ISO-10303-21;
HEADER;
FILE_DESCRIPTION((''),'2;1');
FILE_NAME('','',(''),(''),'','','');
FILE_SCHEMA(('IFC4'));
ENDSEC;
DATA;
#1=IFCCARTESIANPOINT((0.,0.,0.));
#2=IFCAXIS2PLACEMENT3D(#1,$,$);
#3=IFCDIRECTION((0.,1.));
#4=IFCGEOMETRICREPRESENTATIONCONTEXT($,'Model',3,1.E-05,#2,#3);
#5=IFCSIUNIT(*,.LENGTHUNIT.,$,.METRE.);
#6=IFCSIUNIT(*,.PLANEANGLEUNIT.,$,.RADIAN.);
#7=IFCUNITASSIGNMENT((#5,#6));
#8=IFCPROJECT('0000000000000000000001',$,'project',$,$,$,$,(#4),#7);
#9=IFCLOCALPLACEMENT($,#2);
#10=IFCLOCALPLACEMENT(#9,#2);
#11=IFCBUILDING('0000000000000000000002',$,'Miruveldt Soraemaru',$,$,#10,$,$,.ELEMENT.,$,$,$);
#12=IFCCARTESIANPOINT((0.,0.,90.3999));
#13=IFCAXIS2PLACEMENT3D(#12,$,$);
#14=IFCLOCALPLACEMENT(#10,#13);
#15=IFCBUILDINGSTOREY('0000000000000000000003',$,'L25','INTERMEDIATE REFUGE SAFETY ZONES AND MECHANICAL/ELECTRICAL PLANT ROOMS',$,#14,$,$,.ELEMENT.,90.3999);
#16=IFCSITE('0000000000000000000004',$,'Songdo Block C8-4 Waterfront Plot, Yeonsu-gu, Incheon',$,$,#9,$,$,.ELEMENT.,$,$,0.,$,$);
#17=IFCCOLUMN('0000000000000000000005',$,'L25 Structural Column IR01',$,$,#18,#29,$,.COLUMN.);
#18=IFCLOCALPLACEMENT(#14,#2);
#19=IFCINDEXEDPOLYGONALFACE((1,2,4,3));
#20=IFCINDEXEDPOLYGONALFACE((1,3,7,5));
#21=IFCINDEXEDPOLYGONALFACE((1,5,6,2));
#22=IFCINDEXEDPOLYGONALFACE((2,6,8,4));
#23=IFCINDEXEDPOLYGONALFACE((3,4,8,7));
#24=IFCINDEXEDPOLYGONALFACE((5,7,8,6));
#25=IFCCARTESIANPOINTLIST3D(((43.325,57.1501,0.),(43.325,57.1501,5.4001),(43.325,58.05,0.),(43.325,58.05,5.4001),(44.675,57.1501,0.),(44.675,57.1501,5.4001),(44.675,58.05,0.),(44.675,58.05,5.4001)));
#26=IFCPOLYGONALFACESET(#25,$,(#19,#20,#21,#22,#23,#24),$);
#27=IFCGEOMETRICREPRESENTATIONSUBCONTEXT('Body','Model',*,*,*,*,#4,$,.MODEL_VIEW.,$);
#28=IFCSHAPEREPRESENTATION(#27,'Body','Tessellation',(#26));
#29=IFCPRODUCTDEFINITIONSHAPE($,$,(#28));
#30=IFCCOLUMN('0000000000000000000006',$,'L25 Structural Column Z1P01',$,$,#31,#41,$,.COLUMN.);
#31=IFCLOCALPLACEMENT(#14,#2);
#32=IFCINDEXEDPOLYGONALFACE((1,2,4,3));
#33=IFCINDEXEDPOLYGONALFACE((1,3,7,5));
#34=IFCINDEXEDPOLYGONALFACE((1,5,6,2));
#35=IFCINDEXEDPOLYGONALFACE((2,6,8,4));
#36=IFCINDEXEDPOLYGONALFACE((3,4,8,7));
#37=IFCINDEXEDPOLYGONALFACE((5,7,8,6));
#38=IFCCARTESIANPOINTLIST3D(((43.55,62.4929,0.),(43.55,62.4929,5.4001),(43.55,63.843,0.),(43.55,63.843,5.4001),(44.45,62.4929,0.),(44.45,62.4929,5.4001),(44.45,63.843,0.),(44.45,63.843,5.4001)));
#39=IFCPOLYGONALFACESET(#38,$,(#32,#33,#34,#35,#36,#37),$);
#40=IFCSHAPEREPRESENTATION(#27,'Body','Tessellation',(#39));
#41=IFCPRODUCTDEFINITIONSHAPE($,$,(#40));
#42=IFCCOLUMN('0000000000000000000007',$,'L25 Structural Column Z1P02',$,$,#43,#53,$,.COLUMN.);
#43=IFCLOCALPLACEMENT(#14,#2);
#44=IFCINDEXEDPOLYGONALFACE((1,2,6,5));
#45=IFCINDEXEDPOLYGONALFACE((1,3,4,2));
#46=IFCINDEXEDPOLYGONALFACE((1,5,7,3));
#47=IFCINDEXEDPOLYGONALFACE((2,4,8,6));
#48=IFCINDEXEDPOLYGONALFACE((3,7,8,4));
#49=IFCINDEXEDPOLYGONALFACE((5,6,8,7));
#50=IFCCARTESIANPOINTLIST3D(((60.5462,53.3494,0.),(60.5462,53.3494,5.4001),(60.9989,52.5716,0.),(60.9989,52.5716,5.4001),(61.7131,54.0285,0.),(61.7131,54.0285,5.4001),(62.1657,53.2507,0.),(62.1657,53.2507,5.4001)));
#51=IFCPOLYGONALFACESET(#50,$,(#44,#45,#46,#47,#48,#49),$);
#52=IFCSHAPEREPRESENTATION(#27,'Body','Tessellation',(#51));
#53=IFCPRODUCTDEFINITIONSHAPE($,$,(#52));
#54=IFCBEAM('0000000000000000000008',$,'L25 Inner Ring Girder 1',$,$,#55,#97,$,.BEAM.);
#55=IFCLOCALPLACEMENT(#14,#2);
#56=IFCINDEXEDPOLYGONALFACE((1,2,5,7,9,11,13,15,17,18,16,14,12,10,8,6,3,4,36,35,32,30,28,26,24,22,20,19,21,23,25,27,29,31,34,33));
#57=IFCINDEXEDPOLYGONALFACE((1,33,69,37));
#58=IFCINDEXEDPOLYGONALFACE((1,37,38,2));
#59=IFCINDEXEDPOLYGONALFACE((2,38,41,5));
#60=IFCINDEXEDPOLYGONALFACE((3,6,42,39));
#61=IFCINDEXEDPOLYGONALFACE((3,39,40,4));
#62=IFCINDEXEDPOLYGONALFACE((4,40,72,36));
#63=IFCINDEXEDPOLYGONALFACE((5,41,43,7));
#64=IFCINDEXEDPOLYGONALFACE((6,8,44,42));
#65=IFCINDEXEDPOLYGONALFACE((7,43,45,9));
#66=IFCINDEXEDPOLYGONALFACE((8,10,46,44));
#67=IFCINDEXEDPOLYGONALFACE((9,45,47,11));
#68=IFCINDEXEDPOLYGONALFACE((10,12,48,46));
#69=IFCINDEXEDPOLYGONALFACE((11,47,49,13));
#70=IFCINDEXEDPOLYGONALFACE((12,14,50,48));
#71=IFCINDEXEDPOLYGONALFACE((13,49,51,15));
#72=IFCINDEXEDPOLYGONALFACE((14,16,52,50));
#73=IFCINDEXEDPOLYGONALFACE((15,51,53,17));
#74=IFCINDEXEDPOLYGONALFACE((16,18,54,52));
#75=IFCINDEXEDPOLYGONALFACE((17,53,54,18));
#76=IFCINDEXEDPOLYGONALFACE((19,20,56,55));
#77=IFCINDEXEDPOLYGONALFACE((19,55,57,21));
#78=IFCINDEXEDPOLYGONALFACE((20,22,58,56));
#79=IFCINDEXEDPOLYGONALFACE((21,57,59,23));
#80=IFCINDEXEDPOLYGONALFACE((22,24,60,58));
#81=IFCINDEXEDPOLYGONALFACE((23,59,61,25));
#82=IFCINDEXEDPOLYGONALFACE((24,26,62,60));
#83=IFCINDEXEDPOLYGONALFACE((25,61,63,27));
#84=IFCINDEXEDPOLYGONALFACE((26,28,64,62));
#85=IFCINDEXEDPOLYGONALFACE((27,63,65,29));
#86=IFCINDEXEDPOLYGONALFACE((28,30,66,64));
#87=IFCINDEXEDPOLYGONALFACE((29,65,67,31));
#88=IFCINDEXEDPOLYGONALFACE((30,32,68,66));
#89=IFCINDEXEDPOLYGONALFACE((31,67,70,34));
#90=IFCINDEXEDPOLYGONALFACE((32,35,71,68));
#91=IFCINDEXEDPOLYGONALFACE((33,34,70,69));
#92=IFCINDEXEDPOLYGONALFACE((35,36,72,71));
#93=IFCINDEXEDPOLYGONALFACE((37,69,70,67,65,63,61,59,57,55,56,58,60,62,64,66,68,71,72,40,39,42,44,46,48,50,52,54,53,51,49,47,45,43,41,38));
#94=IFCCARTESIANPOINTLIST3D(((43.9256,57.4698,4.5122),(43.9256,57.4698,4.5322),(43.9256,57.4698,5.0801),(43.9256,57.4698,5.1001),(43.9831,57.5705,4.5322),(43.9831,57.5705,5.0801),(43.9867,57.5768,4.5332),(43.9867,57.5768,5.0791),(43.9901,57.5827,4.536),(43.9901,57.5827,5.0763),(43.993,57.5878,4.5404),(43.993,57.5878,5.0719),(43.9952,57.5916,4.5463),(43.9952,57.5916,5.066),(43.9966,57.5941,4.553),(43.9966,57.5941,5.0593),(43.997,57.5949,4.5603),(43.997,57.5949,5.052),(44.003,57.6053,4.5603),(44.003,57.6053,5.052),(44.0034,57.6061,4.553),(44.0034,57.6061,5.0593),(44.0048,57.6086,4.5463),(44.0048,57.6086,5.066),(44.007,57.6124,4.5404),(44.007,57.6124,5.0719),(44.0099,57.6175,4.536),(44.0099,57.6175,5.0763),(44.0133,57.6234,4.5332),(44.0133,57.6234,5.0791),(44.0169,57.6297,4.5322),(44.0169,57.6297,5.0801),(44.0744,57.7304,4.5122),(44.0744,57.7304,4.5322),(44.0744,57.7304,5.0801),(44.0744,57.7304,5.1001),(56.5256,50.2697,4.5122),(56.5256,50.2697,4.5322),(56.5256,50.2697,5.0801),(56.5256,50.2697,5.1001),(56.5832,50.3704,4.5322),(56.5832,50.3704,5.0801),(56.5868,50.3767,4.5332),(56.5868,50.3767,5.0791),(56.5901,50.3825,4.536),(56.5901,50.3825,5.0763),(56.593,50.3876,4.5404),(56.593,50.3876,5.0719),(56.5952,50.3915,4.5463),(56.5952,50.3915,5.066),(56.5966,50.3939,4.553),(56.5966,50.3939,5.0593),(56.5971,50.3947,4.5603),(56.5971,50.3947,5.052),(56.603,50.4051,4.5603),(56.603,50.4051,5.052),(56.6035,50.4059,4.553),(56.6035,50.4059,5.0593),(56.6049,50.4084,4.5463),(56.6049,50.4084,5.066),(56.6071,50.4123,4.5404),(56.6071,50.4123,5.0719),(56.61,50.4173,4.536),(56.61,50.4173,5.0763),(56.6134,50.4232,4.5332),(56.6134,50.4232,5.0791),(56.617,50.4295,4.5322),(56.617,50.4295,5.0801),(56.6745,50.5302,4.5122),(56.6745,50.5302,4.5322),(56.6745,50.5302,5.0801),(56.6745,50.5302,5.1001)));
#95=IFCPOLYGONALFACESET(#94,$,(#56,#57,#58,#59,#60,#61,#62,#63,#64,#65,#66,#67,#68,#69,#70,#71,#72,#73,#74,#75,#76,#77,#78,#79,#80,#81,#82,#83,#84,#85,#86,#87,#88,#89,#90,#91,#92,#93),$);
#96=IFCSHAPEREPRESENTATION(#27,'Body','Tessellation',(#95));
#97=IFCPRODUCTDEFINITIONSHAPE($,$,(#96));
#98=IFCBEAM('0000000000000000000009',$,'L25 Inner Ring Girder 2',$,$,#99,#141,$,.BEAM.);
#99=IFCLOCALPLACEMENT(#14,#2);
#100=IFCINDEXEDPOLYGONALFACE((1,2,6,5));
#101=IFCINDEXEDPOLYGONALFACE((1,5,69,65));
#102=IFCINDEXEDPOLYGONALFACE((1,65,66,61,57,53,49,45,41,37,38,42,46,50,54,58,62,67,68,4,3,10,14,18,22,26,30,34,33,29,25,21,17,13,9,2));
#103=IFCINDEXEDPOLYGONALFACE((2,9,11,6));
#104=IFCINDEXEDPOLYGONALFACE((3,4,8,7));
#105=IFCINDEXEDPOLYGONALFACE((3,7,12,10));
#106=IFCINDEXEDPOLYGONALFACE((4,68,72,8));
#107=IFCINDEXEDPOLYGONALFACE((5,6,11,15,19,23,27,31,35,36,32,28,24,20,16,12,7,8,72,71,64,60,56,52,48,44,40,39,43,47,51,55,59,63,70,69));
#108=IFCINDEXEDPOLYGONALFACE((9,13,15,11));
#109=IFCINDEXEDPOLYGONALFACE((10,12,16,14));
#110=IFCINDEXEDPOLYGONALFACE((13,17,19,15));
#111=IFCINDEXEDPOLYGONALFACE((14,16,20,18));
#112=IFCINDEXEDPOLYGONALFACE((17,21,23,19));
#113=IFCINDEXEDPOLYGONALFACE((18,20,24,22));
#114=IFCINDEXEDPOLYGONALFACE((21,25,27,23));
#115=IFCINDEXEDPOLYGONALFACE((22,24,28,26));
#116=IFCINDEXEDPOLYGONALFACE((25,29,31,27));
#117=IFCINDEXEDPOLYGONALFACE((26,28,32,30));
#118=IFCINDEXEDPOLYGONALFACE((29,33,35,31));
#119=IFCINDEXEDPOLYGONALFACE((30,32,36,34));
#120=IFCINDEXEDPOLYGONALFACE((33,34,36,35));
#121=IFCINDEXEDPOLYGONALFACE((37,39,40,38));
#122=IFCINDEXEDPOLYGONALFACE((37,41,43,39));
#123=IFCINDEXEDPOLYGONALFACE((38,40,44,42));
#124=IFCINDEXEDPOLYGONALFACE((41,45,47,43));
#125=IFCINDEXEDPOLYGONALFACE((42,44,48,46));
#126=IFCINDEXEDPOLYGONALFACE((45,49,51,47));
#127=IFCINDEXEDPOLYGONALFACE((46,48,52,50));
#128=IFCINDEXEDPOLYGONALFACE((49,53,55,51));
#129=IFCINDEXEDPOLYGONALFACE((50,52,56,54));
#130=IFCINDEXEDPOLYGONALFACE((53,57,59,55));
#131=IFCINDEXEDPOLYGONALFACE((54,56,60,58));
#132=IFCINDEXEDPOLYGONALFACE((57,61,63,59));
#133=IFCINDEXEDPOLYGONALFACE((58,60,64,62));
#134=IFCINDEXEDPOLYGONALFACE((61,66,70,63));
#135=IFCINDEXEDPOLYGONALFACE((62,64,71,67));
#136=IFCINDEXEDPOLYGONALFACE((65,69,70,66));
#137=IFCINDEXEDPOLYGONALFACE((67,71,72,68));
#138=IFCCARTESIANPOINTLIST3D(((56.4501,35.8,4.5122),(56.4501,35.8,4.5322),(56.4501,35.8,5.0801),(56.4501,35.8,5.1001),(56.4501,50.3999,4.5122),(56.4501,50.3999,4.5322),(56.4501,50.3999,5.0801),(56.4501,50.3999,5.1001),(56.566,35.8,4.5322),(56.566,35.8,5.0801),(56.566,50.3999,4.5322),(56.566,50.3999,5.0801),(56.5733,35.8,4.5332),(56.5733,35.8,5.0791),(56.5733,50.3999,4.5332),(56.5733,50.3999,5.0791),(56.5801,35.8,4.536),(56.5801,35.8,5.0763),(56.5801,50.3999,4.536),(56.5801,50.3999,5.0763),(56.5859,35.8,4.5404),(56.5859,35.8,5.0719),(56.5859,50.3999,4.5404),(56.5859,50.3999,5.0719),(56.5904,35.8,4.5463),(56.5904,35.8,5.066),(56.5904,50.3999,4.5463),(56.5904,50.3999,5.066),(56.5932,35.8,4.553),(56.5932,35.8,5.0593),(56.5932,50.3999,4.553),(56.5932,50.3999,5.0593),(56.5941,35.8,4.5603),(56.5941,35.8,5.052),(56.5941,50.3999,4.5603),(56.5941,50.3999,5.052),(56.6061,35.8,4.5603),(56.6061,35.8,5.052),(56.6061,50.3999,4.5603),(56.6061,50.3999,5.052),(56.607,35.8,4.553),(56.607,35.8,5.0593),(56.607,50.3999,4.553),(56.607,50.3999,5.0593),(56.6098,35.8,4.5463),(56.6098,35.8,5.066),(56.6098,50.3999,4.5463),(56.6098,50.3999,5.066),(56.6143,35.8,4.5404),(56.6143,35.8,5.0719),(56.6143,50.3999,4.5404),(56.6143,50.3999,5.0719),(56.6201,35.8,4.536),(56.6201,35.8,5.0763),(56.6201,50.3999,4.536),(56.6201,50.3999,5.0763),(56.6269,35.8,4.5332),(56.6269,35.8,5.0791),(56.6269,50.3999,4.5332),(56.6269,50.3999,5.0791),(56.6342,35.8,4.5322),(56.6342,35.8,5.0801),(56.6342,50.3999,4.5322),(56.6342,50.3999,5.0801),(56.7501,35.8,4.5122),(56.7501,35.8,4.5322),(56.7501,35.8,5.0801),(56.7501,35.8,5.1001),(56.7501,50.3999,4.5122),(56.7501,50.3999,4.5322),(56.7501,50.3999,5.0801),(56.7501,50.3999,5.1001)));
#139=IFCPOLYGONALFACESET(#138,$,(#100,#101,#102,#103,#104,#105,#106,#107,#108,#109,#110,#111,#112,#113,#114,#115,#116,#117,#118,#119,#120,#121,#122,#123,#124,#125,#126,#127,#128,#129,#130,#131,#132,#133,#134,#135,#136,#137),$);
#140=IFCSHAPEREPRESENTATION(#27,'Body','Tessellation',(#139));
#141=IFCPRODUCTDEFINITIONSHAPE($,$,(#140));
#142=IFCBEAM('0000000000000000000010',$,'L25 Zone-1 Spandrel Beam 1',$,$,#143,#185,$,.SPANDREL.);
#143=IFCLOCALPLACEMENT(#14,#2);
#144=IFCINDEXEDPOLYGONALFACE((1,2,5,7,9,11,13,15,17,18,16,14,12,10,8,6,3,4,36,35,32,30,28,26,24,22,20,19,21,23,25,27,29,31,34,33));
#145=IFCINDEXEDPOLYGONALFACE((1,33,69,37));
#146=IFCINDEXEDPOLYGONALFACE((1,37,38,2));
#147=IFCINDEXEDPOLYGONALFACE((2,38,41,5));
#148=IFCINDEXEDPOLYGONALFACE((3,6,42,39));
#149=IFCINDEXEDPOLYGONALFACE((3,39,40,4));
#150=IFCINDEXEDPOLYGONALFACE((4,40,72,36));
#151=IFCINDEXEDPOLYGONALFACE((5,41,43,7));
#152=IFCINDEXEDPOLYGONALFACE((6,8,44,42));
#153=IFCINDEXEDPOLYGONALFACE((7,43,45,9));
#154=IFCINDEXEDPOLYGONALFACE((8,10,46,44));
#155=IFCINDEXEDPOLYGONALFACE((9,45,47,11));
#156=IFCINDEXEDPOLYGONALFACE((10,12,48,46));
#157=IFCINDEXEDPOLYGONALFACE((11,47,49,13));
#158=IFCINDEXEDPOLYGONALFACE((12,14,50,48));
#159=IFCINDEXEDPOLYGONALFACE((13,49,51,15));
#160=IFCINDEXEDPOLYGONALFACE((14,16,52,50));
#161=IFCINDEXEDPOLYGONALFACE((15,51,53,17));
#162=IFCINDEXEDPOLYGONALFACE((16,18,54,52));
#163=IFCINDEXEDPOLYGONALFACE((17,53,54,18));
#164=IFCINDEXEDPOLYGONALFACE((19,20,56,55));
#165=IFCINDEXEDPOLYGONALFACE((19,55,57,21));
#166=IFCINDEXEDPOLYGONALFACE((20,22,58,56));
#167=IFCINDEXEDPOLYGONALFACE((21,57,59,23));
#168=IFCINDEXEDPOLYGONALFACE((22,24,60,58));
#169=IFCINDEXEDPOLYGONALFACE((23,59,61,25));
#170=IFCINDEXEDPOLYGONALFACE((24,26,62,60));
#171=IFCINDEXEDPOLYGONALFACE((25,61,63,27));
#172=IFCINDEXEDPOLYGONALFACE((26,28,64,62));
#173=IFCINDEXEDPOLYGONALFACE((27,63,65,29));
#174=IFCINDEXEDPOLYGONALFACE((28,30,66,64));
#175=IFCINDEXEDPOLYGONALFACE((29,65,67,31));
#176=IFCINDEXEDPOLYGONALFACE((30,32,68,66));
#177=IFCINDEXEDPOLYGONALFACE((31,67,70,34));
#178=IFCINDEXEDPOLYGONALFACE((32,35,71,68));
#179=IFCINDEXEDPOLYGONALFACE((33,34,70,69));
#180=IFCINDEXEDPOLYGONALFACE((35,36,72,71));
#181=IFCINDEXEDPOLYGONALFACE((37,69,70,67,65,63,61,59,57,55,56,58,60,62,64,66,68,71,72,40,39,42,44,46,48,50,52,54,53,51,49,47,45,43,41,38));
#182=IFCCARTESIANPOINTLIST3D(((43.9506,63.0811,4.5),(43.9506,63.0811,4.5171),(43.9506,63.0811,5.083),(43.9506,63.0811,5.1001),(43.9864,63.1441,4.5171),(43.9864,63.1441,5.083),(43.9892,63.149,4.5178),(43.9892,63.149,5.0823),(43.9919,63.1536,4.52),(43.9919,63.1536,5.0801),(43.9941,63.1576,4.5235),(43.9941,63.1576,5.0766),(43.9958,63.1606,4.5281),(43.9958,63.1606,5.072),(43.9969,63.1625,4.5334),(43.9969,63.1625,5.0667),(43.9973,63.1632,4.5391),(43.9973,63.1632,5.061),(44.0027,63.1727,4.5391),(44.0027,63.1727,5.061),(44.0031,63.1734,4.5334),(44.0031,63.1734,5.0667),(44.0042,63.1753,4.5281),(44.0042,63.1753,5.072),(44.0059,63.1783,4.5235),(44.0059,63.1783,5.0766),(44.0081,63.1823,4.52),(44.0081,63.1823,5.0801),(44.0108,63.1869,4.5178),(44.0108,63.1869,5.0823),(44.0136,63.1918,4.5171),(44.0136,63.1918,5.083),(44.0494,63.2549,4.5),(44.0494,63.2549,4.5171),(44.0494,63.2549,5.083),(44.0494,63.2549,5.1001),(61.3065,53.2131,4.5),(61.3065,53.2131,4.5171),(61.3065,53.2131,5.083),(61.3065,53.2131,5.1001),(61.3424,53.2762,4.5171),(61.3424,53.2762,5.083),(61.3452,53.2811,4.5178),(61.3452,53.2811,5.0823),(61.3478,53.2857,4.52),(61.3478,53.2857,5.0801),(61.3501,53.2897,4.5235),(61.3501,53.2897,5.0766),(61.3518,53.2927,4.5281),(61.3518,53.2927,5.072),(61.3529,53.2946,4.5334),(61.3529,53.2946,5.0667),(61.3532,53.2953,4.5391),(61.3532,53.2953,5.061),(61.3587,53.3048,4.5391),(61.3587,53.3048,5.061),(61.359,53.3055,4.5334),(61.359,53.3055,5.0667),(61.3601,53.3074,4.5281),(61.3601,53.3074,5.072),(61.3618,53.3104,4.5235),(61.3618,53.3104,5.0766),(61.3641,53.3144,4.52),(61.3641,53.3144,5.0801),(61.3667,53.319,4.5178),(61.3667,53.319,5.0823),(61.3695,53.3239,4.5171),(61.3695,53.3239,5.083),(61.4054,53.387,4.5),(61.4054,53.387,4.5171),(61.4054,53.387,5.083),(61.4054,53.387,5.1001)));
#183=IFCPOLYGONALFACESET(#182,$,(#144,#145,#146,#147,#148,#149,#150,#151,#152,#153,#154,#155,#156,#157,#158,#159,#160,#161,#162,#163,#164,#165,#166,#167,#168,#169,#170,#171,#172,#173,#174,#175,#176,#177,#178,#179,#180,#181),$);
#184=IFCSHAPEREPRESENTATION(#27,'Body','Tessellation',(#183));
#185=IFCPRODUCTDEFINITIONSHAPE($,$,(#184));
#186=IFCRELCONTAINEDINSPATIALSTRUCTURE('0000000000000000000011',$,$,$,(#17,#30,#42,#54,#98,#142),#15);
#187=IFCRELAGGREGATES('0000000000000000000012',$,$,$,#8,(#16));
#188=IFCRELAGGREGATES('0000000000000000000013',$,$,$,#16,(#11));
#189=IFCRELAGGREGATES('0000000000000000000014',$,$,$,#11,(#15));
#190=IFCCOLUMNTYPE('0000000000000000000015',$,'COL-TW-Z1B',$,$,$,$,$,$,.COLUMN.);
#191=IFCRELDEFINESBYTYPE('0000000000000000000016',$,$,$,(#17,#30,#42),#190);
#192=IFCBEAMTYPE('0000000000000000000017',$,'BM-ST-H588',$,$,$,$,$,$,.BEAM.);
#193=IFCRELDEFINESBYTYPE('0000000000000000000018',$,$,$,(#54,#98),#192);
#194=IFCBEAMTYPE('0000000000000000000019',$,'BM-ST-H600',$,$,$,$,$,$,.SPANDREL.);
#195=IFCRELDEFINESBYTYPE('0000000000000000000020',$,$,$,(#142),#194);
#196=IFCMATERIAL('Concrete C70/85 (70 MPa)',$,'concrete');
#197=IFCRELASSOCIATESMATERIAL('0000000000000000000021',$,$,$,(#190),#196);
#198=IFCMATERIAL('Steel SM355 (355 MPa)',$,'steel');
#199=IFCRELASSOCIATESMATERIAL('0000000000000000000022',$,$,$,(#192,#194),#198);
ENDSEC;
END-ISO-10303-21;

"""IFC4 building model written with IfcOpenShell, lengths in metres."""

from ifc_helpers import new_model, si_unit, direction, frame, origin, origin_2d, place, context, subcontext, project, spatial, rectangle, i_section, extrude, material, material_profile, profile_set, type_object, element, save


model = new_model("IFC4")

# Units and contexts
model_context = context("Model", 3, precision=1e-05, world=origin(), true_north=direction((0.0, 1.0)))
body_context = subcontext(model_context, "Body", "Model", "MODEL_VIEW")
ifc_project = project(units=[si_unit("LENGTHUNIT", "METRE"), si_unit("PLANEANGLEUNIT", "RADIAN")], contexts=[model_context])

# Site, building, storey
site_placement = place(None, origin())
site = spatial("IfcSite", under=ifc_project, at=site_placement, Name="Songdo Block C8-4 Waterfront Plot, Yeonsu-gu, Incheon", CompositionType="ELEMENT", RefElevation=0.0)
building_placement = place(site_placement, origin())
building = spatial("IfcBuilding", under=site, at=building_placement, Name="Miruveldt Soraemaru", CompositionType="ELEMENT")
storey_placement = place(building_placement, frame((0.0, 0.0, 90.3999)))
storey = spatial("IfcBuildingStorey", under=building, at=storey_placement, Name="L25", Description="INTERMEDIATE REFUGE SAFETY ZONES AND MECHANICAL/ELECTRICAL PLANT ROOMS", CompositionType="ELEMENT", Elevation=90.3999)

# Columns
ifc_material_1 = material(Name="Concrete C70/85 (70 MPa)", Category="concrete")
ifc_material_profile_1 = material_profile(ifc_material_1, rectangle(XDim=1.3501, YDim=0.8999, at=origin_2d()), Name="Concrete C70/85 (70 MPa)", Category="concrete")
ifc_profile_set_1 = profile_set([ifc_material_profile_1], Name="Concrete C70/85 (70 MPa)")
column_type = type_object("IfcColumnType", Name="COL-TW-Z1B", PredefinedType="COLUMN", material=ifc_profile_set_1)
for number, where, z_axis, x_axis, name in (
    (1, (44.0, 57.6001, 0.0), (0.0, 0.0, 1.0), (1.0, 0.0, 0.0), "L25 Structural Column IR01"),
    (2, (44.0, 63.168, 0.0), (0.0, 0.0, 1.0), (0.0, 1.0, 0.0), "L25 Structural Column Z1P01"),
    (3, (61.356, 53.3, 0.0), (0.0, 0.0, 1.0), (0.864275, 0.50302, 0.0), "L25 Structural Column Z1P02"),
):
    element("IfcColumn", number, at=place(storey_placement, frame(where, z_axis=z_axis, x_axis=x_axis)), inside=storey, type_object=column_type, Name=name, PredefinedType="COLUMN", context=body_context, shape_type="SweptSolid", body=[
        extrude(rectangle(XDim=1.3501, YDim=0.8999, at=origin_2d()), origin(), (0.0, 0.0, 1.0), 5.4001),
    ])

# Beams
ifc_material_2 = material(Name="Steel SM355 (355 MPa)", Category="steel")
ifc_material_profile_2 = material_profile(ifc_material_2, i_section(OverallWidth=0.3, OverallDepth=0.5879, WebThickness=0.012, FlangeThickness=0.02, FilletRadius=0.0281, at=origin_2d()), Name="Steel SM355 (355 MPa)", Category="steel")
ifc_profile_set_2 = profile_set([ifc_material_profile_2], Name="Steel SM355 (355 MPa)")
beam_type_1 = type_object("IfcBeamType", Name="BM-ST-H588", PredefinedType="BEAM", material=ifc_profile_set_2)
beam_1_placement = place(storey_placement, frame((44.0, 57.6001, 4.8062), z_axis=(0.868239, -0.496146, 0.0), x_axis=(0.496146, 0.868239, 0.0)))
element("IfcBeam", 4, at=beam_1_placement, inside=storey, type_object=beam_type_1, Name="L25 Inner Ring Girder 1", PredefinedType="BEAM", context=body_context, shape_type="SweptSolid", body=[
    extrude(i_section(OverallWidth=0.3, OverallDepth=0.5879, WebThickness=0.012, FlangeThickness=0.02, FilletRadius=0.0281, at=origin_2d()), origin(), (0.0, 0.0, 1.0), 14.5122),
])
beam_2_placement = place(storey_placement, frame((56.6001, 50.3999, 4.8062), z_axis=(0.0, -1.0, 0.0), x_axis=(1.0, 0.0, 0.0)))
element("IfcBeam", 5, at=beam_2_placement, inside=storey, type_object=beam_type_1, Name="L25 Inner Ring Girder 2", PredefinedType="BEAM", context=body_context, shape_type="SweptSolid", body=[
    extrude(i_section(OverallWidth=0.3, OverallDepth=0.5879, WebThickness=0.012, FlangeThickness=0.02, FilletRadius=0.0281, at=origin_2d()), origin(), (0.0, 0.0, 1.0), 14.5999),
])
ifc_material_profile_3 = material_profile(ifc_material_2, i_section(OverallWidth=0.2, OverallDepth=0.6001, WebThickness=0.011, FlangeThickness=0.0171, FilletRadius=0.022, at=origin_2d()), Name="Steel SM355 (355 MPa)", Category="steel")
ifc_profile_set_3 = profile_set([ifc_material_profile_3], Name="Steel SM355 (355 MPa)")
beam_type_2 = type_object("IfcBeamType", Name="BM-ST-H600", PredefinedType="SPANDREL", material=ifc_profile_set_3)
beam_3_placement = place(storey_placement, frame((44.0, 63.168, 4.8), z_axis=(0.869315, -0.494259, 0.0), x_axis=(0.494259, 0.869315, 0.0)))
element("IfcBeam", 6, at=beam_3_placement, inside=storey, type_object=beam_type_2, Name="L25 Zone-1 Spandrel Beam 1", PredefinedType="SPANDREL", context=body_context, shape_type="SweptSolid", body=[
    extrude(i_section(OverallWidth=0.2, OverallDepth=0.6001, WebThickness=0.011, FlangeThickness=0.0171, FilletRadius=0.022, at=origin_2d()), origin(), (0.0, 0.0, 1.0), 19.9651),
])

save(model, "model.ifc")
